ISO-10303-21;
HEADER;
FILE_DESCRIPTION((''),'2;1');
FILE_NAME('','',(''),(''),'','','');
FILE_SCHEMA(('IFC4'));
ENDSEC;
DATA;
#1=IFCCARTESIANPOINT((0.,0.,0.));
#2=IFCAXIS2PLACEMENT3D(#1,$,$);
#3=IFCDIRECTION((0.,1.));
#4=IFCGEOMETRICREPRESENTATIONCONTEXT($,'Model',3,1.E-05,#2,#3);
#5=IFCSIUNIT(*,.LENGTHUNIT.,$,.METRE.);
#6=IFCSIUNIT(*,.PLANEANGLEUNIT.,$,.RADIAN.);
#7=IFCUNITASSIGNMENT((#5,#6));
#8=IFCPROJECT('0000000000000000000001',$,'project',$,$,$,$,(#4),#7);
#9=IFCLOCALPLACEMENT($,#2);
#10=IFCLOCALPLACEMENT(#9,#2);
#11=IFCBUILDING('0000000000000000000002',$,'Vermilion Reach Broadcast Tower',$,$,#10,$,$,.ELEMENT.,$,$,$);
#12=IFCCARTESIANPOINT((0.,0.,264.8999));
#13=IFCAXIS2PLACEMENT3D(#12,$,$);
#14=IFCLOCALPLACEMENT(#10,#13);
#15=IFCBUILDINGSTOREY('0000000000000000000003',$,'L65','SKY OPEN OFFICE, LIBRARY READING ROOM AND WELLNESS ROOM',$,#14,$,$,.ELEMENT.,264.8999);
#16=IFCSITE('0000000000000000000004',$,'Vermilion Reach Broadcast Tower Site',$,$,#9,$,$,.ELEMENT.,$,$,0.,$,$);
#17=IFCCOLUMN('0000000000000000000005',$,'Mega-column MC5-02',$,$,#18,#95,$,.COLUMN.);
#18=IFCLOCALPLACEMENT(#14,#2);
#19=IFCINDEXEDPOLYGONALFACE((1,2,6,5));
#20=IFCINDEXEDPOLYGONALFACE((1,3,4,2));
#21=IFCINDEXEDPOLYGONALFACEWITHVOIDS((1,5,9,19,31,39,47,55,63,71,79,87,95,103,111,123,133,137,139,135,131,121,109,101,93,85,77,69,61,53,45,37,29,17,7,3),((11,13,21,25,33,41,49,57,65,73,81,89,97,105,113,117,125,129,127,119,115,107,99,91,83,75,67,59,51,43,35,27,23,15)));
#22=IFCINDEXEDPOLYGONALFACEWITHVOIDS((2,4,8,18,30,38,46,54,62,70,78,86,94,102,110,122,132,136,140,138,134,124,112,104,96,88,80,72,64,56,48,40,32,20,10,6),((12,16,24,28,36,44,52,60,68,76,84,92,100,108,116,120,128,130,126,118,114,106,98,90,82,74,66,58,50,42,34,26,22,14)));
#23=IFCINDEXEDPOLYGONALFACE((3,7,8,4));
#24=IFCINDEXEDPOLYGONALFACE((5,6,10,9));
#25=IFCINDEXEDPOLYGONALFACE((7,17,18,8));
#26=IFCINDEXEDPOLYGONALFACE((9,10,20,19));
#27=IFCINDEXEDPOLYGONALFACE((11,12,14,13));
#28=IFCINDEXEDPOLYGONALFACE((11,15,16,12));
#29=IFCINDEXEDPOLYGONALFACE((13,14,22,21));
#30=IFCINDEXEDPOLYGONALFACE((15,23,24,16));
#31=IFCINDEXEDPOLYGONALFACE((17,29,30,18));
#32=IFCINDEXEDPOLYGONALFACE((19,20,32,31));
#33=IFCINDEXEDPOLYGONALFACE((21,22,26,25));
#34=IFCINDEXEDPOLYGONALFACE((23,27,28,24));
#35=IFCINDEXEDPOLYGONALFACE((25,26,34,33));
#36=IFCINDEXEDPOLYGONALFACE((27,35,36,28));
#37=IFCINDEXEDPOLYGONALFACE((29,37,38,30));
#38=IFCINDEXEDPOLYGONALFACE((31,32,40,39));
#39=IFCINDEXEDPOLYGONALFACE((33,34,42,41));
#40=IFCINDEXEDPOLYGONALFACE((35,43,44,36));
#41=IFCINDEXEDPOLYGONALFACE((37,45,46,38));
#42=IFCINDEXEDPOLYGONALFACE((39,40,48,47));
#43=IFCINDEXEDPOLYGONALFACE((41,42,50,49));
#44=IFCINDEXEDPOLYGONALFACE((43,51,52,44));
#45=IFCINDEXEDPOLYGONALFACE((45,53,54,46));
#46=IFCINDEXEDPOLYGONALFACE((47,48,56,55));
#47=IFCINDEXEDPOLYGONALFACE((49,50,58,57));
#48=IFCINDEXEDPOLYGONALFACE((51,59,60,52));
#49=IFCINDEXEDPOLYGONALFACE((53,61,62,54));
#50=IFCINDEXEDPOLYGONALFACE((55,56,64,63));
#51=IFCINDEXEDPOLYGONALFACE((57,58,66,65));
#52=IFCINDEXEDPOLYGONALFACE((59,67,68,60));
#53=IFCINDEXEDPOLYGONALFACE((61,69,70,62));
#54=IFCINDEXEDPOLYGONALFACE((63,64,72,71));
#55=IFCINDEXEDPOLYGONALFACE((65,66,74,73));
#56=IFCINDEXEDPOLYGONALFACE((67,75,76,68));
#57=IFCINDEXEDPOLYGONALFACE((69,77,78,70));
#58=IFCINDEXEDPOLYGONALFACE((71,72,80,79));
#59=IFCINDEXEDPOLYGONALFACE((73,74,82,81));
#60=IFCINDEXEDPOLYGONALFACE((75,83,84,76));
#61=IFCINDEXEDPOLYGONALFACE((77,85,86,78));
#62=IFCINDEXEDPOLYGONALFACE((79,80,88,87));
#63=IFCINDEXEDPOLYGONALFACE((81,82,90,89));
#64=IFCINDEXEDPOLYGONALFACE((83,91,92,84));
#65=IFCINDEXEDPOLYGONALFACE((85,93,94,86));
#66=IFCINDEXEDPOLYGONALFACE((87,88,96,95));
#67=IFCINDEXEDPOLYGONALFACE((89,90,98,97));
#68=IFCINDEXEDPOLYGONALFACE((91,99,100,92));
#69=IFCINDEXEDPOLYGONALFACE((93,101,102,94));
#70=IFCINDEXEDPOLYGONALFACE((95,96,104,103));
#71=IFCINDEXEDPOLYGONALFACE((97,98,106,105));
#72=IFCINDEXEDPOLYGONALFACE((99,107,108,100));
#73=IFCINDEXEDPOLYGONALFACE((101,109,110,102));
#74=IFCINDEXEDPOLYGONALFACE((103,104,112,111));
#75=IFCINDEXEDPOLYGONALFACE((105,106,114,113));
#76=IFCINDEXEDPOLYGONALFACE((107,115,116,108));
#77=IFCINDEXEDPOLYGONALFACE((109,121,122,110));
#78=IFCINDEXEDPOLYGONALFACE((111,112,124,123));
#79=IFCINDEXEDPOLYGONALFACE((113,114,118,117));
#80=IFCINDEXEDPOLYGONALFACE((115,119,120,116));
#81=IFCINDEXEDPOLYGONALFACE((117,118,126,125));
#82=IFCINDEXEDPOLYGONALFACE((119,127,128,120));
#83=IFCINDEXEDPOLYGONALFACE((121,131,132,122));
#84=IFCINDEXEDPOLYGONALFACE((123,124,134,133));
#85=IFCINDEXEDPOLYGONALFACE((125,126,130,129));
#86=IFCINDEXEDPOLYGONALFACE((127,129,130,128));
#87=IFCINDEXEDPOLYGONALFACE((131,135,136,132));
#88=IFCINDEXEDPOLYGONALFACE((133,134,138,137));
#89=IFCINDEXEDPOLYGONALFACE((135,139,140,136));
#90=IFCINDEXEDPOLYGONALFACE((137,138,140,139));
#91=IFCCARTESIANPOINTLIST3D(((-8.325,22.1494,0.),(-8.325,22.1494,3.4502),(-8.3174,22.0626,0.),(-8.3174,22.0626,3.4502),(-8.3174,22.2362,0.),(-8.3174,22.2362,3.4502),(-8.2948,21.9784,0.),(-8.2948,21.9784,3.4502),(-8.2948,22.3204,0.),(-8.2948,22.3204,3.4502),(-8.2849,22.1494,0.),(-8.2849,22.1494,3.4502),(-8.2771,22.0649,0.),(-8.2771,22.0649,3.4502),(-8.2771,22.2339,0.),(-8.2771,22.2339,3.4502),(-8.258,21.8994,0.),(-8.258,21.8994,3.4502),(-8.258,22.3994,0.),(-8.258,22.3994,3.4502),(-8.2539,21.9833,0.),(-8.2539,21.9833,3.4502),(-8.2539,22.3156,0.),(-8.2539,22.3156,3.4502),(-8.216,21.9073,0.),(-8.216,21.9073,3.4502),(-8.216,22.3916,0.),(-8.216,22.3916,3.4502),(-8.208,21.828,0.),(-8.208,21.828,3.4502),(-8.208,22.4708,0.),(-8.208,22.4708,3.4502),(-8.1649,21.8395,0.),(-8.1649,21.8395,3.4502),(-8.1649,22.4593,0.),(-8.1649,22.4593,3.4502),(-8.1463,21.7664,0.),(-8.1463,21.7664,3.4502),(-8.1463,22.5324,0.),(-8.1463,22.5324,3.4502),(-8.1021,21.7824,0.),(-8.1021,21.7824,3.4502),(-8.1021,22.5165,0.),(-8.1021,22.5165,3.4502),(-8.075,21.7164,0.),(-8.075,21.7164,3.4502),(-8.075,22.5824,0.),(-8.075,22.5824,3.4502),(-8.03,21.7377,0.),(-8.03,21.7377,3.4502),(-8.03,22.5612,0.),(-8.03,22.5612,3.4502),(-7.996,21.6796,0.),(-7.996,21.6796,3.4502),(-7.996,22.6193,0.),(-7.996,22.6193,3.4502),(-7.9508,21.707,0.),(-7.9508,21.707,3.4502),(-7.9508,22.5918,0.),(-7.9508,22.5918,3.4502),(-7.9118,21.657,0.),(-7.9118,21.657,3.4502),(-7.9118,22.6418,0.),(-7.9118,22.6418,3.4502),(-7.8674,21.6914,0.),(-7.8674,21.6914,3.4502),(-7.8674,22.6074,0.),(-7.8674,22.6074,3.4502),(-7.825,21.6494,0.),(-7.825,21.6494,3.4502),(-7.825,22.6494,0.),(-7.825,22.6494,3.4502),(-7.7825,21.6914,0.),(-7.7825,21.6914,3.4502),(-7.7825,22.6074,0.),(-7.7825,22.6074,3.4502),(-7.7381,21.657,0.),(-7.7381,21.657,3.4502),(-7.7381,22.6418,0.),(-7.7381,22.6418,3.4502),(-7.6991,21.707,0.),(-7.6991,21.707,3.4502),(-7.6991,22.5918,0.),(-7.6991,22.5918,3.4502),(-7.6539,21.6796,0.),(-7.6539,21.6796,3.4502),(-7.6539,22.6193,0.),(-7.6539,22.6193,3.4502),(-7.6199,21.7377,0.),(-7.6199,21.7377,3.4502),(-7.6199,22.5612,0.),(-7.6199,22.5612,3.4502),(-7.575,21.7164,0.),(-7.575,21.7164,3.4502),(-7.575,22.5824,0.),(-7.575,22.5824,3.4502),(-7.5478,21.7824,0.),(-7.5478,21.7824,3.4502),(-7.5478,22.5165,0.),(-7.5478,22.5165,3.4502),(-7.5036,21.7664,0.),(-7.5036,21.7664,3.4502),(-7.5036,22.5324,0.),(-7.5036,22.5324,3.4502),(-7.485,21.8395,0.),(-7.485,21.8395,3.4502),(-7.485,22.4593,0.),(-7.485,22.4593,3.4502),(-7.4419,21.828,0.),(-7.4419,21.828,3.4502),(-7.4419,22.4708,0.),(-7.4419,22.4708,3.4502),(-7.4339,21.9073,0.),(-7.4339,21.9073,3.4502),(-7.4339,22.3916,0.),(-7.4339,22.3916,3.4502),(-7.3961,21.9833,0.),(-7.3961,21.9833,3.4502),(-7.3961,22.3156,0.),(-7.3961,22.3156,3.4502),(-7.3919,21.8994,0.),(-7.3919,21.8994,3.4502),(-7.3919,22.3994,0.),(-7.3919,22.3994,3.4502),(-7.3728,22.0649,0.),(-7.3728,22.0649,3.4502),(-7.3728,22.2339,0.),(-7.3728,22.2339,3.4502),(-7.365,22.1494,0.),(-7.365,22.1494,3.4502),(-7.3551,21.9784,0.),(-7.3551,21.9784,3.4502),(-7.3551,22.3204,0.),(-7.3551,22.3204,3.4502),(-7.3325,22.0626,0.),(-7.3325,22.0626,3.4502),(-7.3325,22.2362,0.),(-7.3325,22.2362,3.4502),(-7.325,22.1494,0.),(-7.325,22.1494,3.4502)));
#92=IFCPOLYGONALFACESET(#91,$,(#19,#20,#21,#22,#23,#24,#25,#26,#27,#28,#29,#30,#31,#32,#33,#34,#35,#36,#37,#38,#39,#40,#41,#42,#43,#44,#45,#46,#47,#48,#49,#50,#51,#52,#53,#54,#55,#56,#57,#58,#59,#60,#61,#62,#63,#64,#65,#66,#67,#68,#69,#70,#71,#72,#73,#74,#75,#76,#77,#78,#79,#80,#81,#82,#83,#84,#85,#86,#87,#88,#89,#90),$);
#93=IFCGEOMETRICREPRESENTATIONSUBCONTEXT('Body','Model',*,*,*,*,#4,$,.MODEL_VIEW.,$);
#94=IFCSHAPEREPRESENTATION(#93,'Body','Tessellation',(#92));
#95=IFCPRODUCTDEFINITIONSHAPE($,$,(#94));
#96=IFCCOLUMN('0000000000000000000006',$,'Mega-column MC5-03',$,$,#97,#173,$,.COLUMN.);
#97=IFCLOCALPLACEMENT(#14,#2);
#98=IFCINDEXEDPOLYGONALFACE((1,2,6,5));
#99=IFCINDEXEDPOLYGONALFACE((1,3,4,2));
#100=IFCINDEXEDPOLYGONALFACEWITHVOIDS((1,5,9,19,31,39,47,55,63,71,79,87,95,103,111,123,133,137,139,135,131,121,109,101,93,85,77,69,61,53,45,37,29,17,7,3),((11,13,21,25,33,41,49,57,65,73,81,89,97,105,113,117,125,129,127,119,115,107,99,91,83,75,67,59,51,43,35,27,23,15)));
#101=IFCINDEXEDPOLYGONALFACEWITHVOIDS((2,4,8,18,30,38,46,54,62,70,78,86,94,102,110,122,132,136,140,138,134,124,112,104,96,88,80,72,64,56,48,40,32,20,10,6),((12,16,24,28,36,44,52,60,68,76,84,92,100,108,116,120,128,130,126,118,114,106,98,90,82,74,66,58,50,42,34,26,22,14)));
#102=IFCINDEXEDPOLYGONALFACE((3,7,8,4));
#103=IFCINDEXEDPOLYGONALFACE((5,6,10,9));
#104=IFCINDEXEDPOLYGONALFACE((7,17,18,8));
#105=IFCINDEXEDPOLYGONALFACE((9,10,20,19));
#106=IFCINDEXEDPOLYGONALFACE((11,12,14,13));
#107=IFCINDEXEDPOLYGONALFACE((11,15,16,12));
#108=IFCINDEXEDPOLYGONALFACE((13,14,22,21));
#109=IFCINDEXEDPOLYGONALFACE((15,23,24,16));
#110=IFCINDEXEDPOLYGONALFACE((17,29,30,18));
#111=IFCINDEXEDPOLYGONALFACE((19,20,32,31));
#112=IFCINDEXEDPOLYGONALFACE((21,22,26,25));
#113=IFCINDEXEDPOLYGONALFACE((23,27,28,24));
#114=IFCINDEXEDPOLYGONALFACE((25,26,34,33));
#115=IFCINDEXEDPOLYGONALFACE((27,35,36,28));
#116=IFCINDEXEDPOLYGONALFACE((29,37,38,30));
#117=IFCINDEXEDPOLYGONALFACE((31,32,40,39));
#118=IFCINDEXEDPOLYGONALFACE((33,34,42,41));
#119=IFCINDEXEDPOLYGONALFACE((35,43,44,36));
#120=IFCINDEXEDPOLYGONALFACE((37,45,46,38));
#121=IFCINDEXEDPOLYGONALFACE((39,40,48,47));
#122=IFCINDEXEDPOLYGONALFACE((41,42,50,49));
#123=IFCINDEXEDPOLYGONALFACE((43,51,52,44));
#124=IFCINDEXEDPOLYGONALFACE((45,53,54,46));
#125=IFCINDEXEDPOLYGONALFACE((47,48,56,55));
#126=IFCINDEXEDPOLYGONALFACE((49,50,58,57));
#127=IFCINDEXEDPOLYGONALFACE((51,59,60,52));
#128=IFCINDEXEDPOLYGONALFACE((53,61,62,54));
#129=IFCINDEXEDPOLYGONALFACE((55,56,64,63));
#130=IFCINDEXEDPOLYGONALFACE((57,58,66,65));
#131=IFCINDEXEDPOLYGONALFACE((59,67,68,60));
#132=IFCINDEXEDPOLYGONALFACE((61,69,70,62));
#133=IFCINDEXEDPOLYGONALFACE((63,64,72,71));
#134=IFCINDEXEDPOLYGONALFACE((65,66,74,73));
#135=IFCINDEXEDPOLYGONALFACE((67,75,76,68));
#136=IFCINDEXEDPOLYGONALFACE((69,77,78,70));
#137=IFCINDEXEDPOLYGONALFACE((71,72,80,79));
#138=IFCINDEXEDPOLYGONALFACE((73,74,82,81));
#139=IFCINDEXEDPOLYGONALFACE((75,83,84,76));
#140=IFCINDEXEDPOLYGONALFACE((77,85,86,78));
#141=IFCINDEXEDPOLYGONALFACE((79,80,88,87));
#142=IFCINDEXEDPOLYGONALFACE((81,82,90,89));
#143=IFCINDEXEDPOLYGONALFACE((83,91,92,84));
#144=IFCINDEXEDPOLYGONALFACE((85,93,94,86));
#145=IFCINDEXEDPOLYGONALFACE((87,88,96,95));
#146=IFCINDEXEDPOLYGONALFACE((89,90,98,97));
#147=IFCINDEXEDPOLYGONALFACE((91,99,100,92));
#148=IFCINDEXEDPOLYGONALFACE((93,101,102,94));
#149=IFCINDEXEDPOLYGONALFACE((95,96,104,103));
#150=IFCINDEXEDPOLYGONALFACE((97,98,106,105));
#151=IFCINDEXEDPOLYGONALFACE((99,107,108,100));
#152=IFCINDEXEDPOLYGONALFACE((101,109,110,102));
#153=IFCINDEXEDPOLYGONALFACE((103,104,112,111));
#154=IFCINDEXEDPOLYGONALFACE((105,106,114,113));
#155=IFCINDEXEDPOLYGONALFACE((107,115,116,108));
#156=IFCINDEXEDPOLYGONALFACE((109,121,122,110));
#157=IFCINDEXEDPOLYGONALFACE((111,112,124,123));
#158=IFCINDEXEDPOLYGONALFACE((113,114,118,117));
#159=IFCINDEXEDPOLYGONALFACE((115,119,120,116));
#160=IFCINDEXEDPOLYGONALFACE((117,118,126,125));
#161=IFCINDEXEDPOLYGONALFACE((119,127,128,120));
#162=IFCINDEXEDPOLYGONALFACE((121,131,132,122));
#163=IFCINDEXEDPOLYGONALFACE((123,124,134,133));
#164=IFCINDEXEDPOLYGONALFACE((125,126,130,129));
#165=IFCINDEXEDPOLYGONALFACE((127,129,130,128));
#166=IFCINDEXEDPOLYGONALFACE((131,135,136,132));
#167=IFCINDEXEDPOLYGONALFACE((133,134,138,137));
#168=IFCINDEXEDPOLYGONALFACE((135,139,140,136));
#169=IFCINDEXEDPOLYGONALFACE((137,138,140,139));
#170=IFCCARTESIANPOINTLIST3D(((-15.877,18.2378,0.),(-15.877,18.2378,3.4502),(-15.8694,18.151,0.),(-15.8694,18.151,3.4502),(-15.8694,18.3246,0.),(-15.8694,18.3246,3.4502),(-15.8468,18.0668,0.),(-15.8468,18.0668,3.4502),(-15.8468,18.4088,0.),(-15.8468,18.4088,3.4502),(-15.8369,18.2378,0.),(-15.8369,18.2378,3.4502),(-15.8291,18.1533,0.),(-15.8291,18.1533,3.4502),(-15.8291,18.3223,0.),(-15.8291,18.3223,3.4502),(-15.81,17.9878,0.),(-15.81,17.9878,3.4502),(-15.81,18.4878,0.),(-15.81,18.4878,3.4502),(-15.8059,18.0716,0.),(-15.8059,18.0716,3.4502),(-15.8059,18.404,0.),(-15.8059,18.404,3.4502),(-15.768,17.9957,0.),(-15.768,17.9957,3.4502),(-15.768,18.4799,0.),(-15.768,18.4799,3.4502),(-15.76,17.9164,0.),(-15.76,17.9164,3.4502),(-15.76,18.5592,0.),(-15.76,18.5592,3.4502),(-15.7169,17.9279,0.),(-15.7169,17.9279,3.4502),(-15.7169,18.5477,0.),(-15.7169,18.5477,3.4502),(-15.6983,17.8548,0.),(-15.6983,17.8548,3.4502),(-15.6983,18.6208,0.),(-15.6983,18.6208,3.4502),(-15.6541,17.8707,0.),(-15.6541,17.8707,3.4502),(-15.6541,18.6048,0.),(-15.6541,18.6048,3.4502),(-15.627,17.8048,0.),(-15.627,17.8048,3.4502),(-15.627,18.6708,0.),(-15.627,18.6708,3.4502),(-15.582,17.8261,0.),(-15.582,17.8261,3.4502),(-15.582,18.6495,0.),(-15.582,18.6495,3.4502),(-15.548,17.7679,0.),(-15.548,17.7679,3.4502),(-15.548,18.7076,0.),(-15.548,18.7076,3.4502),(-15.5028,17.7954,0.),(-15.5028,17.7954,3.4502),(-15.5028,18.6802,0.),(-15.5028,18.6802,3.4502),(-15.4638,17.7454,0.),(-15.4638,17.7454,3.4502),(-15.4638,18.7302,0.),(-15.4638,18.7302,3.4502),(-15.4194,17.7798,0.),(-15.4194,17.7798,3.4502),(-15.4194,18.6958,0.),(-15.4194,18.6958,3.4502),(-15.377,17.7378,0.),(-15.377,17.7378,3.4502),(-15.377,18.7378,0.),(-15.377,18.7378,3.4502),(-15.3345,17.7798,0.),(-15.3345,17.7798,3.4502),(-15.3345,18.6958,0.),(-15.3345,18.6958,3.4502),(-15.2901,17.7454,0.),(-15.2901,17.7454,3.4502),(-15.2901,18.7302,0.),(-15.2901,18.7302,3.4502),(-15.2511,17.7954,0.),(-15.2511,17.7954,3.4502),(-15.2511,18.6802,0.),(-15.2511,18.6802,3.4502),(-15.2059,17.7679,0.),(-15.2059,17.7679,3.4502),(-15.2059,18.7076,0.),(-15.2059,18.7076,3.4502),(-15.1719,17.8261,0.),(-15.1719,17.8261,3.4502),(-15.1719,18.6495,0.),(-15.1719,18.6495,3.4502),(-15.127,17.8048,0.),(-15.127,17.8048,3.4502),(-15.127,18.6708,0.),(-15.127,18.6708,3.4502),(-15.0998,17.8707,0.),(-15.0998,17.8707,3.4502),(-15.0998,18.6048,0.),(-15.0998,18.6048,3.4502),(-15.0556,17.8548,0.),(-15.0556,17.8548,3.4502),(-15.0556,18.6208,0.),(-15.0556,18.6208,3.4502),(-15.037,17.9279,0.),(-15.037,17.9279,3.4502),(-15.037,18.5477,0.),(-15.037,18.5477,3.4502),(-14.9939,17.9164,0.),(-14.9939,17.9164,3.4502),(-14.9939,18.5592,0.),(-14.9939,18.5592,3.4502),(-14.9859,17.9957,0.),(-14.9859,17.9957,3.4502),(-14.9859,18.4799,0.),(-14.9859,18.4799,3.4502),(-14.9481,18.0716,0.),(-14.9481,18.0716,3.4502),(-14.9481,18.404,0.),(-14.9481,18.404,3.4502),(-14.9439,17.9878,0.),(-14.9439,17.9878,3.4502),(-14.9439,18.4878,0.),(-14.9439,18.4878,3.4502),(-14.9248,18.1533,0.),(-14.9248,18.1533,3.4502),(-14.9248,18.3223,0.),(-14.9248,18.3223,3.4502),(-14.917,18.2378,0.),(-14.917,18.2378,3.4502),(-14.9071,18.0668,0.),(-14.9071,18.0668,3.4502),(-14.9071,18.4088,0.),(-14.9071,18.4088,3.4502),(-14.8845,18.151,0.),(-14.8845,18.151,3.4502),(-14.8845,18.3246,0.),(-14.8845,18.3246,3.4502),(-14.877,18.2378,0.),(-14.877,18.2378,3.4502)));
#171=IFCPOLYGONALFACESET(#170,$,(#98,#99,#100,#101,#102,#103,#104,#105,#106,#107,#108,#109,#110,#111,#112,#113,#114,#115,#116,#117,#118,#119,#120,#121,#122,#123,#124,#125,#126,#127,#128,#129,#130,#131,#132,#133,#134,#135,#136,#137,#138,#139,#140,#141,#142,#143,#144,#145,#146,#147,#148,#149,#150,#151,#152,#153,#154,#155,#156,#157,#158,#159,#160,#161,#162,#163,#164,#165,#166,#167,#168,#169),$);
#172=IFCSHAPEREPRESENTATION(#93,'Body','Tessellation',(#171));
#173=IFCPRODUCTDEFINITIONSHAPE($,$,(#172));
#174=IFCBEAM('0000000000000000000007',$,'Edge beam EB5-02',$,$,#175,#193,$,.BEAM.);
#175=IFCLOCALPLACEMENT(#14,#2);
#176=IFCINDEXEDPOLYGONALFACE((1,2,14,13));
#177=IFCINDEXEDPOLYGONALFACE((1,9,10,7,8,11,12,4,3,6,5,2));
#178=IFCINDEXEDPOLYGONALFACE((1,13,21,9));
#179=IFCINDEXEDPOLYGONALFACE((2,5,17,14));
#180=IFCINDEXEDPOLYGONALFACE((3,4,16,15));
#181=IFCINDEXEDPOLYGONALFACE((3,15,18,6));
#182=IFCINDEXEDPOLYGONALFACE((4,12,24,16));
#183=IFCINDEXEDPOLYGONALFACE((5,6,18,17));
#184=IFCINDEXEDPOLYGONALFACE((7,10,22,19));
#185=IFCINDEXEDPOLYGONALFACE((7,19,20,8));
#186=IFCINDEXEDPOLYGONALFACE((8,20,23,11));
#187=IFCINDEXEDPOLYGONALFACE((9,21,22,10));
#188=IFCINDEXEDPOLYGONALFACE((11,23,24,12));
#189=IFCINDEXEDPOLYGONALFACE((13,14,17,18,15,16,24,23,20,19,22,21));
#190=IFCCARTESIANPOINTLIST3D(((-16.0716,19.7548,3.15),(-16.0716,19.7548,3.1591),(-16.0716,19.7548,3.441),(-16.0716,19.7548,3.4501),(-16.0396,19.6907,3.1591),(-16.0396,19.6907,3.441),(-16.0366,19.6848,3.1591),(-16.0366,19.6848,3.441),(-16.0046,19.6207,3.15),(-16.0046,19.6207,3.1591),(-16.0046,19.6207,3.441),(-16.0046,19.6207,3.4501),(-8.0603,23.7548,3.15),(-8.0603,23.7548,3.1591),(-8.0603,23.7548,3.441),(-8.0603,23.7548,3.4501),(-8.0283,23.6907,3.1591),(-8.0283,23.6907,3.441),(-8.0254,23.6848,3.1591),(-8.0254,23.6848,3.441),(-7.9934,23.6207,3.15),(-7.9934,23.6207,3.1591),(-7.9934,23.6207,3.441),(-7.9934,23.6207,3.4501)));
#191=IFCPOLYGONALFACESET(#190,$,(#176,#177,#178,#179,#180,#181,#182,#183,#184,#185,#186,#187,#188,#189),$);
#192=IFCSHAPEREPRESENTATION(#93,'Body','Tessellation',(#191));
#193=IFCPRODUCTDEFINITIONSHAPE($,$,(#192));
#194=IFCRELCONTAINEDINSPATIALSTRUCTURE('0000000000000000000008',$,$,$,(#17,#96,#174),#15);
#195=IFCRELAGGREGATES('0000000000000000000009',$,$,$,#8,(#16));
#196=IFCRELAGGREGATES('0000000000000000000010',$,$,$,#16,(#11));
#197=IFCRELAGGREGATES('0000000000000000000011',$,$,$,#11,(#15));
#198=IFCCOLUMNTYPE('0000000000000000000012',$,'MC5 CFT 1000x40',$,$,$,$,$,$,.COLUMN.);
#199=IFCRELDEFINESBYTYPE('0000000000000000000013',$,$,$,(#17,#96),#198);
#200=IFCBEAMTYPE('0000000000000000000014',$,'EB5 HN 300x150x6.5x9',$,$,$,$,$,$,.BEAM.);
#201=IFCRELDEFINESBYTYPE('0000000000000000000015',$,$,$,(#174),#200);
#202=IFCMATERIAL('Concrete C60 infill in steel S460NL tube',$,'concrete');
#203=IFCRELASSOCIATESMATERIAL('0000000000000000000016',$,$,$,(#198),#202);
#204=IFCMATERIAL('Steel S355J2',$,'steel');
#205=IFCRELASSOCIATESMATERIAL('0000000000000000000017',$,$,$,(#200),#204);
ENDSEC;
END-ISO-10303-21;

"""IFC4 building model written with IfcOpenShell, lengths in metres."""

from ifc_helpers import new_model, si_unit, direction, frame, origin, origin_2d, place, context, subcontext, project, spatial, hollow_circle, i_section, extrude, material, material_profile, profile_set, type_object, element, save


model = new_model("IFC4")

# Units and contexts
model_context = context("Model", 3, precision=1e-05, world=origin(), true_north=direction((0.0, 1.0)))
body_context = subcontext(model_context, "Body", "Model", "MODEL_VIEW")
ifc_project = project(units=[si_unit("LENGTHUNIT", "METRE"), si_unit("PLANEANGLEUNIT", "RADIAN")], contexts=[model_context])

# Site, building, storey
site_placement = place(None, origin())
site = spatial("IfcSite", under=ifc_project, at=site_placement, Name="Vermilion Reach Broadcast Tower Site", CompositionType="ELEMENT", RefElevation=0.0)
building_placement = place(site_placement, origin())
building = spatial("IfcBuilding", under=site, at=building_placement, Name="Vermilion Reach Broadcast Tower", CompositionType="ELEMENT")
storey_placement = place(building_placement, frame((0.0, 0.0, 264.8999)))
storey = spatial("IfcBuildingStorey", under=building, at=storey_placement, Name="L65", Description="SKY OPEN OFFICE, LIBRARY READING ROOM AND WELLNESS ROOM", CompositionType="ELEMENT", Elevation=264.8999)

# Columns
ifc_material_1 = material(Name="Concrete C60 infill in steel S460NL tube", Category="concrete")
ifc_material_profile_1 = material_profile(ifc_material_1, hollow_circle(Radius=0.5, WallThickness=0.04, at=origin_2d()), Name="Concrete C60 infill in steel S460NL tube CFT 1000x40")
ifc_profile_set_1 = profile_set([ifc_material_profile_1], Name="Concrete C60 infill in steel S460NL tube")
column_type = type_object("IfcColumnType", Name="MC5 CFT 1000x40", PredefinedType="COLUMN", material=ifc_profile_set_1)
for number, where, z_axis, x_axis, name in (
    (1, (-7.825, 22.1494, 0.0), (0.0, 0.0, 1.0), (1.0, 0.0, 0.0), "Mega-column MC5-02"),
    (2, (-15.377, 18.2378, 0.0), (0.0, 0.0, 1.0), (1.0, 0.0, 0.0), "Mega-column MC5-03"),
):
    element("IfcColumn", number, at=place(storey_placement, frame(where, z_axis=z_axis, x_axis=x_axis)), inside=storey, type_object=column_type, Name=name, PredefinedType="COLUMN", context=body_context, shape_type="SweptSolid", body=[
        extrude(hollow_circle(Radius=0.5, WallThickness=0.04, at=origin_2d()), origin(), (0.0, 0.0, 1.0), 3.4502),
    ])

# Beam
ifc_material_2 = material(Name="Steel S355J2", Category="steel")
ifc_material_profile_2 = material_profile(ifc_material_2, i_section(OverallWidth=0.1499, OverallDepth=0.3, WebThickness=0.0066, FlangeThickness=0.009, at=origin_2d()), Name="S355J2 HN 300x150x6.5x9")
ifc_profile_set_2 = profile_set([ifc_material_profile_2], Name="Steel S355J2")
beam_type_1 = type_object("IfcBeamType", Name="EB5 HN 300x150x6.5x9", PredefinedType="BEAM", material=ifc_profile_set_2)
beam_1_placement = place(storey_placement, frame((-8.0269, 23.6877, 3.3), z_axis=(-0.894678, -0.446712, 0.0), x_axis=(0.446712, -0.894678, 0.0)))
element("IfcBeam", 3, at=beam_1_placement, inside=storey, type_object=beam_type_1, Name="Edge beam EB5-02", PredefinedType="BEAM", context=body_context, shape_type="SweptSolid", body=[
    extrude(i_section(OverallWidth=0.1499, OverallDepth=0.3, WebThickness=0.0066, FlangeThickness=0.009, at=origin_2d()), origin(), (0.0, 0.0, 1.0), 8.9543),
])

save(model, "model.ifc")
